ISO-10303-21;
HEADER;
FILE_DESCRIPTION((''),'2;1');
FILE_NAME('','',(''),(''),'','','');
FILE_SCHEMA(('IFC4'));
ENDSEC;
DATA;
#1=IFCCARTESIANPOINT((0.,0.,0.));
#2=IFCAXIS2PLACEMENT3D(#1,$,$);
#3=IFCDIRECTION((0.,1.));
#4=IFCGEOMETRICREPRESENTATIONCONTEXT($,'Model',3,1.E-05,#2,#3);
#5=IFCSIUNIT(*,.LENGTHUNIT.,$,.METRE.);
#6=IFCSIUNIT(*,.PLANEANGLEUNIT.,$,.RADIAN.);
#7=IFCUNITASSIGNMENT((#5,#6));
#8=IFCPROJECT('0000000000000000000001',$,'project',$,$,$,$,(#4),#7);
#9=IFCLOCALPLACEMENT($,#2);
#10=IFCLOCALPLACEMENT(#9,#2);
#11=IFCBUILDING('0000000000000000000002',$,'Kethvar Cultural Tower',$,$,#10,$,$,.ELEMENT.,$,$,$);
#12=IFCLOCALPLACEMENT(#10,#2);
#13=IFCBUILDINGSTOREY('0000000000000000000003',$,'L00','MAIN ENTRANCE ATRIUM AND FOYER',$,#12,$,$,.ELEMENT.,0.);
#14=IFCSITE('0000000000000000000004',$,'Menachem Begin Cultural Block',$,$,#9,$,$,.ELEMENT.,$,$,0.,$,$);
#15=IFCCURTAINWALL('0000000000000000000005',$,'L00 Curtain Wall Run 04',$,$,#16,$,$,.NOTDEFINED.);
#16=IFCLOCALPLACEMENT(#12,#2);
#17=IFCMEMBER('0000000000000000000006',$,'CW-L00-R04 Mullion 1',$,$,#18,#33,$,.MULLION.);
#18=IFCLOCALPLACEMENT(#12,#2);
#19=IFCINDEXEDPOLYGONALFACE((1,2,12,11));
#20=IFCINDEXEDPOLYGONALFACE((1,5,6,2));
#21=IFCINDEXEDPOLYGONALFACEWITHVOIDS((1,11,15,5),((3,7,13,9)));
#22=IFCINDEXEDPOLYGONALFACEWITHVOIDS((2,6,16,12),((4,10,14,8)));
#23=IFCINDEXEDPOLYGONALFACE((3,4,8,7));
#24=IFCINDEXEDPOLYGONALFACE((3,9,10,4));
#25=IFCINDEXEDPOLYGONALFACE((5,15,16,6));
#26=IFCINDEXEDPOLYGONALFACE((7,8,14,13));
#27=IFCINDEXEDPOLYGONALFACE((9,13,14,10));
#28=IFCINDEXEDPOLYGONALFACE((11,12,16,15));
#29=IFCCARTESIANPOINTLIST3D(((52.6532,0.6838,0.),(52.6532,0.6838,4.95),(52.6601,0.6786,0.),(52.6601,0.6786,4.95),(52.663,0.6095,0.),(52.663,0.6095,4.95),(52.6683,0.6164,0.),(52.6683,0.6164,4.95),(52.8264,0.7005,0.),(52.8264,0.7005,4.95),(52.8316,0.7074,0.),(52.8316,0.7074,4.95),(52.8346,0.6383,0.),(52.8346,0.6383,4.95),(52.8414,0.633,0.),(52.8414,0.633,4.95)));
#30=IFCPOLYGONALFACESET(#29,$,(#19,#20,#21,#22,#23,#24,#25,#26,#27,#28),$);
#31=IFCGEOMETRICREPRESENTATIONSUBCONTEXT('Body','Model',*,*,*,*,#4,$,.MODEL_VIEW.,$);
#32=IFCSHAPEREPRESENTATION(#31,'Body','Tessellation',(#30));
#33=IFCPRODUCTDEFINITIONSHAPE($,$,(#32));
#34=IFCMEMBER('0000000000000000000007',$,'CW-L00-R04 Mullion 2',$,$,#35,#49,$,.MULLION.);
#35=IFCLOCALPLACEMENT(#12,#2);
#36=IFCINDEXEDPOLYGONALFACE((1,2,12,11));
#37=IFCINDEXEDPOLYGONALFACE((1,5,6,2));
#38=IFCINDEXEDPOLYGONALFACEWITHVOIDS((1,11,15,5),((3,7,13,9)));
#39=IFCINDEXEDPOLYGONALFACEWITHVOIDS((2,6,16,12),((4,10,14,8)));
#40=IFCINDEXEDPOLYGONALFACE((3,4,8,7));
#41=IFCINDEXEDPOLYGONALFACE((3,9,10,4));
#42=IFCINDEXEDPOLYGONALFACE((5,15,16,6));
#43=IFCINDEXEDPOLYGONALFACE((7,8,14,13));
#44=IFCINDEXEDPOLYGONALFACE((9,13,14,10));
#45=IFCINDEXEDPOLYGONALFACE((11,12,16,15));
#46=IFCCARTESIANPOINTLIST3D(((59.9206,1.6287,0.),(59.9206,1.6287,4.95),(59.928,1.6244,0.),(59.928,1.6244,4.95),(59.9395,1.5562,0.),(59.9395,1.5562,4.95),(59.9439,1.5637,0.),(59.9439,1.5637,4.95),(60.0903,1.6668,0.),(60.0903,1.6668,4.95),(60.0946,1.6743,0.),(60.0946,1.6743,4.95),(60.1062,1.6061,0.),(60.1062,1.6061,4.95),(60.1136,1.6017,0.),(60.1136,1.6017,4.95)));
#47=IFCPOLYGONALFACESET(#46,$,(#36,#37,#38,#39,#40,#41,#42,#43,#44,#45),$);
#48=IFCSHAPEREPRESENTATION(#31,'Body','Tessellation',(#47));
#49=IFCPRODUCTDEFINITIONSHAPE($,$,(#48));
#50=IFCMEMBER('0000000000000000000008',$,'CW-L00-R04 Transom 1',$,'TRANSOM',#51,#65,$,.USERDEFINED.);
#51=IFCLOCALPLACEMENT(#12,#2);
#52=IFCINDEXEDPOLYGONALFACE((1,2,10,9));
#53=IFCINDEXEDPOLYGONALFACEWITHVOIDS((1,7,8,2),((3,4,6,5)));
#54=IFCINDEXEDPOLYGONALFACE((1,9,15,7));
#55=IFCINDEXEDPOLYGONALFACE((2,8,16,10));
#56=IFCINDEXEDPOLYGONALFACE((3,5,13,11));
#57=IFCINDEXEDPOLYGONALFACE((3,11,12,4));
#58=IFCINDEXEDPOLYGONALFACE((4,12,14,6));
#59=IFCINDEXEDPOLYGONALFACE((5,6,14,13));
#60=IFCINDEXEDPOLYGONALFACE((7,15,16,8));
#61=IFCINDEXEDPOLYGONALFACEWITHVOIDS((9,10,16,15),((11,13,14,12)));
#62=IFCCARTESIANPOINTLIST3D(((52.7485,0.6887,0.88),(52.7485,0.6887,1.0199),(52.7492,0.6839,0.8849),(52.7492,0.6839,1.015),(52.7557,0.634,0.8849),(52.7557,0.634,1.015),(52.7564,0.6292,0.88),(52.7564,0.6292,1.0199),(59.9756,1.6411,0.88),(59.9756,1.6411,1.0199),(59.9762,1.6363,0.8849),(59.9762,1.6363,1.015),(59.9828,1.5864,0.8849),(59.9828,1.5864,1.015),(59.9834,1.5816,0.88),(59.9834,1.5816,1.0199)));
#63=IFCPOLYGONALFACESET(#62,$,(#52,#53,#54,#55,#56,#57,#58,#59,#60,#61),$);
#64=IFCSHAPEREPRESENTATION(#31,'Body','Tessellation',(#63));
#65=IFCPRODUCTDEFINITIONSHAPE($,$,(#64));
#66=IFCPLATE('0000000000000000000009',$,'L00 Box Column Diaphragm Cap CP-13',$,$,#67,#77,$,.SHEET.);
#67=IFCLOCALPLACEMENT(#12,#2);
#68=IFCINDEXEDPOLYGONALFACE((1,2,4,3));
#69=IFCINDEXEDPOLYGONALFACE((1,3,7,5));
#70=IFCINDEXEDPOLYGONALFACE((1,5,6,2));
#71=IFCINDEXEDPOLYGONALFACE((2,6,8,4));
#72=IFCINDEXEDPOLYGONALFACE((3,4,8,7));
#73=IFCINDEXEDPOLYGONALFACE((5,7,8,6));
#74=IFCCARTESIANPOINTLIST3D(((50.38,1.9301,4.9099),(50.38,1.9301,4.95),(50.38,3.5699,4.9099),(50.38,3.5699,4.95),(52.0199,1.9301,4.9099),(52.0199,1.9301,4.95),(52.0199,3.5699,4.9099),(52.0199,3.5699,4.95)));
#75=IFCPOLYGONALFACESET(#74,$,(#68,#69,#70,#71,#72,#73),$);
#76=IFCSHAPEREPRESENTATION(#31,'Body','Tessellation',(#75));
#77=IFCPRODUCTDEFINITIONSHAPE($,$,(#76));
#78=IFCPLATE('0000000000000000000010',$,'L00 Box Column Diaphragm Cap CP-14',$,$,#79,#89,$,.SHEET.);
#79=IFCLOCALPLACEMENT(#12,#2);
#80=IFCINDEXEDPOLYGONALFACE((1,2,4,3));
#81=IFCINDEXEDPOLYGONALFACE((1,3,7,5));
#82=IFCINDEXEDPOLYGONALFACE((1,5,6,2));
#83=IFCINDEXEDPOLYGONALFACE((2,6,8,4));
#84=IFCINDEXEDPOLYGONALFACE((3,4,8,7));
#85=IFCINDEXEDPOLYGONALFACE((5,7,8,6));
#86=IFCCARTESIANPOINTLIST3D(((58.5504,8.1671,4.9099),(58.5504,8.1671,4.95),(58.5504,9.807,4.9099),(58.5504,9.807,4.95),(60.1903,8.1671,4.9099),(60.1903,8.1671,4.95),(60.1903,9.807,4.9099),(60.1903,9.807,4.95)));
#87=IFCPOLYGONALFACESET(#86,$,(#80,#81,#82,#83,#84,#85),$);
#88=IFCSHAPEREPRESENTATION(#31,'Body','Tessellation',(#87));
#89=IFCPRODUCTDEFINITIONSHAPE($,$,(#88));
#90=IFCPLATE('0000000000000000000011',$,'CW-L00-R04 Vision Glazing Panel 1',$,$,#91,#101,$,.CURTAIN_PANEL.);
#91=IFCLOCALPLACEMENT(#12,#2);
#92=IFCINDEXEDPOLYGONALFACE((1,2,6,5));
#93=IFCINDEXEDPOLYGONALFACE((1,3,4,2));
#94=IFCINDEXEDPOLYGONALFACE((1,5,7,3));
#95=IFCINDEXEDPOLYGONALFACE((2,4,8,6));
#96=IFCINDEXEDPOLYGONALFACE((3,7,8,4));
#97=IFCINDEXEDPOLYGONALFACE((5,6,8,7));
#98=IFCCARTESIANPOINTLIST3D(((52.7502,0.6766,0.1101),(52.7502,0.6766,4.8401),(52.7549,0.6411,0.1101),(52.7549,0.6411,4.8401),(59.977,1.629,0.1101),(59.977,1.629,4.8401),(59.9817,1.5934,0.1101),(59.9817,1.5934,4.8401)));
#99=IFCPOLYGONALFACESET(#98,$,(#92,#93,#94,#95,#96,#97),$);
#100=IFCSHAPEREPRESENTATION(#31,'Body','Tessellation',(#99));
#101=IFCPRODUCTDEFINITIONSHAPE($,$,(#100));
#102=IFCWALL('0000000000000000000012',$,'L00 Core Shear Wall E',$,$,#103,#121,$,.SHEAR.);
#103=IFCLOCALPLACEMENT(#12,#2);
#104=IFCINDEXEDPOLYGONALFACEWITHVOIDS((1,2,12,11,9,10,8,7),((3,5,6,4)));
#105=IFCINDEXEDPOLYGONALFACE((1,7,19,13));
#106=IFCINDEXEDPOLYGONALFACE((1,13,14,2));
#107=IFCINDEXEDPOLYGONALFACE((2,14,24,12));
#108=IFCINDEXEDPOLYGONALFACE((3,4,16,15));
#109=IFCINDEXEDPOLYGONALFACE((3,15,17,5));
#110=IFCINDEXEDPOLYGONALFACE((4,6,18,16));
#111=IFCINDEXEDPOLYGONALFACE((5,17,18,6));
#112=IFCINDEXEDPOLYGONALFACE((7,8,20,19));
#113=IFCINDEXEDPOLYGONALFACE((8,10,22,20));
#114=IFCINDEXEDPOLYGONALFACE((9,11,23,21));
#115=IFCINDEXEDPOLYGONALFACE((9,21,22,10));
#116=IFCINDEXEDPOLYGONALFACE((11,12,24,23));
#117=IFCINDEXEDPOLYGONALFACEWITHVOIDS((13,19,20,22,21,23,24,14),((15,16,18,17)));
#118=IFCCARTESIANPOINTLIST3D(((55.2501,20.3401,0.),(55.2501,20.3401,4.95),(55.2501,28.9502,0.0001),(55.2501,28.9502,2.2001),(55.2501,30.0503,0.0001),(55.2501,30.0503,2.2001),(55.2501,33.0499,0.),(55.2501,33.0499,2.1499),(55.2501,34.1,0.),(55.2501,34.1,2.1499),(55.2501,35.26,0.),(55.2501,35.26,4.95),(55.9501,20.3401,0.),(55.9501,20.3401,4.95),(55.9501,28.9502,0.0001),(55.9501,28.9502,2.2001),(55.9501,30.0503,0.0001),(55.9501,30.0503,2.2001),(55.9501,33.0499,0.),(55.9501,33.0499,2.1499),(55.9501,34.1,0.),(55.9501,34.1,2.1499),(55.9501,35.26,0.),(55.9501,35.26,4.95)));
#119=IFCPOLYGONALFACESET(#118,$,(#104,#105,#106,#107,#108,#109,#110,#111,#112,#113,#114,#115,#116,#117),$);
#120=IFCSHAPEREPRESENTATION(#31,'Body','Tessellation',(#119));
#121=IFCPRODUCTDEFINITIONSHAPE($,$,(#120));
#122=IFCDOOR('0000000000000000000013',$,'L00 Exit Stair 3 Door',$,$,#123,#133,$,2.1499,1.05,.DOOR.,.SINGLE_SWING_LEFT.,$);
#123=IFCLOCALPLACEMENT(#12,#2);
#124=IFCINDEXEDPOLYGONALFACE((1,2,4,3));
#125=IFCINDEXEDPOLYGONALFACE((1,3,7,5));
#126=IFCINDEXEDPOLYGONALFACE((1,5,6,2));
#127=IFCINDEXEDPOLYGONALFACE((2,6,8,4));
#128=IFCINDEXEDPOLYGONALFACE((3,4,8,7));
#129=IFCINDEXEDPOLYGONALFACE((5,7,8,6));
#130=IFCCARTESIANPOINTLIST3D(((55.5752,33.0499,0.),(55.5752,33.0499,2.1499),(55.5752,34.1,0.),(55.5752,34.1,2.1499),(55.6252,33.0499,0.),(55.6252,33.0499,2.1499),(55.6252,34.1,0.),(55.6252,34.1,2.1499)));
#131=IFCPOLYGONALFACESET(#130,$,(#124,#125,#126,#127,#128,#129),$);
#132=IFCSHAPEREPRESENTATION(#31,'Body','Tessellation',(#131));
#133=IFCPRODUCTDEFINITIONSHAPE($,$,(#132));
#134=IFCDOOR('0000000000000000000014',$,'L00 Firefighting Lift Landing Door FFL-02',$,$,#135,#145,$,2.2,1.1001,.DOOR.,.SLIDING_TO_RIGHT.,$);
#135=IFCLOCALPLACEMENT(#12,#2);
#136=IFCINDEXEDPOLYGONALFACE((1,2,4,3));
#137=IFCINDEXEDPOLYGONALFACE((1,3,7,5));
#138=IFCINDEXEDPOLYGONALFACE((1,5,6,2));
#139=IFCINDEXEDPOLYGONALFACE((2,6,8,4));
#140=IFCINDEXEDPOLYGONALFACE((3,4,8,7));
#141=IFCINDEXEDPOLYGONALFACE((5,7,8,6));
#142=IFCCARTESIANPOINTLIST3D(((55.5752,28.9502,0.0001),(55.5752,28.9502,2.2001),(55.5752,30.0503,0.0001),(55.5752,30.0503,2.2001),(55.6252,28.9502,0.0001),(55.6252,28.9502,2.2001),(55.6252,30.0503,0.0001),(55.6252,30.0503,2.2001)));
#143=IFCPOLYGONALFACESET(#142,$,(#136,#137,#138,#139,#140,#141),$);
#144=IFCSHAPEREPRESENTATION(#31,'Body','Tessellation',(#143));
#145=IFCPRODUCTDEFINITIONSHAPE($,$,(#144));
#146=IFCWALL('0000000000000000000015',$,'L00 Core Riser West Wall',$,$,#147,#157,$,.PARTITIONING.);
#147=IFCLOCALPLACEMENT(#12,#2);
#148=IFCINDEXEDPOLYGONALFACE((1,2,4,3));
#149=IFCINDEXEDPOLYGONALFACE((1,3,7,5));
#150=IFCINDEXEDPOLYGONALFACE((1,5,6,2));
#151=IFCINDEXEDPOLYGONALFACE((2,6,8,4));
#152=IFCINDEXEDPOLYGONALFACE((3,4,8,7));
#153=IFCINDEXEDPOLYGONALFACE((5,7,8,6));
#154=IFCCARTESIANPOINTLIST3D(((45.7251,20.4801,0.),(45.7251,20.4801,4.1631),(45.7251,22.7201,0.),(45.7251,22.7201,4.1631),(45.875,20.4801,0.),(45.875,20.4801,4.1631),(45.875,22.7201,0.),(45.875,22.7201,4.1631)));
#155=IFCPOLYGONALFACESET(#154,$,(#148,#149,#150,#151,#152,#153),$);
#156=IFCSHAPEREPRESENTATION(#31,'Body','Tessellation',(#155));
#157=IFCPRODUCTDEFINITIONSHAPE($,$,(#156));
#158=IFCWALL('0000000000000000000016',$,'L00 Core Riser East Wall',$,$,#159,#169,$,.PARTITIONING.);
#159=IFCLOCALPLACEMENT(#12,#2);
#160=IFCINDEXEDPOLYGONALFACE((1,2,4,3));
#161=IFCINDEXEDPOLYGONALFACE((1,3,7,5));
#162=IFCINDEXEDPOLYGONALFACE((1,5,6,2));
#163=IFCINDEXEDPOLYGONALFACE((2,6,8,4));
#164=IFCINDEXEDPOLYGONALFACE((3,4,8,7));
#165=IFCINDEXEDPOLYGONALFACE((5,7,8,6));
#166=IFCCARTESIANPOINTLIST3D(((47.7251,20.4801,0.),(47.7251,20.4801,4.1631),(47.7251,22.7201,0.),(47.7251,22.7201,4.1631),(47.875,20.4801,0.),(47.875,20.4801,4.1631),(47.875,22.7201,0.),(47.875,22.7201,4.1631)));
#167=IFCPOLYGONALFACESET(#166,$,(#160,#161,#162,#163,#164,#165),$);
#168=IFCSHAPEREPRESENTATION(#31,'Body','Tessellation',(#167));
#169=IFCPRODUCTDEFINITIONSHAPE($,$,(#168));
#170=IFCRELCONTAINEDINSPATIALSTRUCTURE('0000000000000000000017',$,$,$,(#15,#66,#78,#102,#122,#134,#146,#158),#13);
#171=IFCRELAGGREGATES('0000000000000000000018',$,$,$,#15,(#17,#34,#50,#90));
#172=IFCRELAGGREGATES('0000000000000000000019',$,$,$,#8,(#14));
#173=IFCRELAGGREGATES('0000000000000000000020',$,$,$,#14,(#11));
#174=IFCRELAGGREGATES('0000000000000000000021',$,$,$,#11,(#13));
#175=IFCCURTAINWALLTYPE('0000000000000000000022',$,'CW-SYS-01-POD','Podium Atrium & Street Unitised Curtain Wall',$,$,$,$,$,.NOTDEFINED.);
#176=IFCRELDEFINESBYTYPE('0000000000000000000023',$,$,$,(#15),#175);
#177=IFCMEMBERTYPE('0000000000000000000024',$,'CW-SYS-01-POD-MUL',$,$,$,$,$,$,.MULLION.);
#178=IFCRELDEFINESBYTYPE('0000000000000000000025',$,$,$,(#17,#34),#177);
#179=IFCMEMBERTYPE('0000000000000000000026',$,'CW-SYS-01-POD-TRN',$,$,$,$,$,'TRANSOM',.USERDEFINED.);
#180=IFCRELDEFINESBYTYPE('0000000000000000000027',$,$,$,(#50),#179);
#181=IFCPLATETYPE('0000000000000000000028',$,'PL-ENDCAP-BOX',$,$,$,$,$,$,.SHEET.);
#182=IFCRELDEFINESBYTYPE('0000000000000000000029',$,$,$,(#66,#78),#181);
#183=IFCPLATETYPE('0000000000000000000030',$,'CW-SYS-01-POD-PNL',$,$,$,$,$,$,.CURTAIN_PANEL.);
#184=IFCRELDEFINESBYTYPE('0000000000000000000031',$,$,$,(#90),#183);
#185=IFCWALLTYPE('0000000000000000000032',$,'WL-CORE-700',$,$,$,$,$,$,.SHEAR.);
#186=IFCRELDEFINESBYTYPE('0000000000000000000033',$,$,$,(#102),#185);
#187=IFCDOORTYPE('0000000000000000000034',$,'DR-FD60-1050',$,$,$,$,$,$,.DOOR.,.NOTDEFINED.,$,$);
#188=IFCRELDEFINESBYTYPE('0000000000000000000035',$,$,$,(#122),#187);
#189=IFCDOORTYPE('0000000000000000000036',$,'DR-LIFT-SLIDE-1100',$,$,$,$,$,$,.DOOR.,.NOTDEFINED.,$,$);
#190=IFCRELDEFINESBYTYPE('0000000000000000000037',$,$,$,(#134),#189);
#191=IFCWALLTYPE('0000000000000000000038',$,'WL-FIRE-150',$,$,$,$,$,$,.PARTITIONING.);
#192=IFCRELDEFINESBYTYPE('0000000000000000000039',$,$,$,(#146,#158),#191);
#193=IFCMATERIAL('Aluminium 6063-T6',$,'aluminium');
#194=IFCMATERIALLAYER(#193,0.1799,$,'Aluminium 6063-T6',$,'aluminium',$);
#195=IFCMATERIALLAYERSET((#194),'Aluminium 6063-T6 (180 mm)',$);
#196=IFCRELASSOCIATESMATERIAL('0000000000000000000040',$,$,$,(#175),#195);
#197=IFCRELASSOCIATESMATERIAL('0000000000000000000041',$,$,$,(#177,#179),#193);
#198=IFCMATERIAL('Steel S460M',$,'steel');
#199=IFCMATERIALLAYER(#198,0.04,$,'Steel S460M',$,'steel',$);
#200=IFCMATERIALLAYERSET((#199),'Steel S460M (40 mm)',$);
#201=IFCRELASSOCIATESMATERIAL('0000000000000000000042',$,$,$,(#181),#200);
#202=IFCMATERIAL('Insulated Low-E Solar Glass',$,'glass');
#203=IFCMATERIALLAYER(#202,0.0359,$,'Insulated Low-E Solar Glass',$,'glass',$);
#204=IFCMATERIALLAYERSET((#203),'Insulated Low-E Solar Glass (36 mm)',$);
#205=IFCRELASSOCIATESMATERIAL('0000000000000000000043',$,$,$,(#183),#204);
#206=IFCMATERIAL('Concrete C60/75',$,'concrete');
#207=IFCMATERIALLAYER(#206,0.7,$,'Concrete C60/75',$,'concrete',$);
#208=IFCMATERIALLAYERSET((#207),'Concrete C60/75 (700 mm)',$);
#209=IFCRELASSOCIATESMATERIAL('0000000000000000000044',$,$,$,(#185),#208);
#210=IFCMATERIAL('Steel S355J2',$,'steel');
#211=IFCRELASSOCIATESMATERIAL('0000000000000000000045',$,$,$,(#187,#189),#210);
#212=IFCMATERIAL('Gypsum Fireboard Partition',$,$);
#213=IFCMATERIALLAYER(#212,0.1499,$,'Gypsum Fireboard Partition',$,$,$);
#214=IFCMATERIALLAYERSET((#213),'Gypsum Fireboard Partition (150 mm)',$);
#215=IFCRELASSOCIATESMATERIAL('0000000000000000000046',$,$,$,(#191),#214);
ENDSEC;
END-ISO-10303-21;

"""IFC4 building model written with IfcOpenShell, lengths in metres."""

from ifc_helpers import new_model, si_unit, direction, frame, frame_2d, origin, origin_2d, place, context, subcontext, project, spatial, rectangle, hollow_rectangle, extrude, source, transform, mapped, material, layer, layer_set, material_profile, profile_set, type_object, element, fill, aggregate, save


model = new_model("IFC4")

# Units and contexts
model_context = context("Model", 3, precision=1e-05, world=origin(), true_north=direction((0.0, 1.0)))
body_context = subcontext(model_context, "Body", "Model", "MODEL_VIEW")
ifc_project = project(units=[si_unit("LENGTHUNIT", "METRE"), si_unit("PLANEANGLEUNIT", "RADIAN")], contexts=[model_context])

# Site, building, storey
site_placement = place(None, origin())
site = spatial("IfcSite", under=ifc_project, at=site_placement, Name="Menachem Begin Cultural Block", CompositionType="ELEMENT", RefElevation=0.0)
building_placement = place(site_placement, origin())
building = spatial("IfcBuilding", under=site, at=building_placement, Name="Kethvar Cultural Tower", CompositionType="ELEMENT")
storey_placement = place(building_placement, origin())
storey = spatial("IfcBuildingStorey", under=building, at=storey_placement, Name="L00", Description="MAIN ENTRANCE ATRIUM AND FOYER", CompositionType="ELEMENT", Elevation=0.0)

# Shared definitions
ifc_material_1 = material(Name="Steel S460M", Category="steel")

# Shared definitions
ifc_material_2 = material(Name="Steel S355J2", Category="steel")

# Curtain wall, members
ifc_material_3 = material(Name="Aluminium 6063-T6", Category="aluminium")
ifc_layer_1 = layer(ifc_material_3, 0.1799, Name="Aluminium 6063-T6", Category="aluminium")
ifc_layer_set_1 = layer_set([ifc_layer_1], Name="Aluminium 6063-T6 (180 mm)")
curtain_wall_type = type_object("IfcCurtainWallType", Name="CW-SYS-01-POD", Description="Podium Atrium & Street Unitised Curtain Wall", PredefinedType="NOTDEFINED", material=ifc_layer_set_1)
curtain_wall_placement = place(storey_placement, origin())
curtain_wall = element("IfcCurtainWall", 1, at=curtain_wall_placement, inside=storey, type_object=curtain_wall_type, Name="L00 Curtain Wall Run 04", PredefinedType="NOTDEFINED")
ifc_material_profile_1 = material_profile(ifc_material_3, hollow_rectangle(XDim=0.075, YDim=0.1799, WallThickness=0.0061, at=origin_2d()), Name="Aluminium 6063-T6 — RHS180x75x6")
ifc_profile_set_1 = profile_set([ifc_material_profile_1], Name="Aluminium 6063-T6 — RHS180x75x6")
member_type_1 = type_object("IfcMemberType", Name="CW-SYS-01-POD-MUL", PredefinedType="MULLION", material=ifc_profile_set_1)
shared_shape_1 = source(origin(), body_context, "Body", "SweptSolid", [
    extrude(hollow_rectangle(XDim=0.075, YDim=0.1799, WallThickness=0.0061, at=origin_2d()), origin(), (0.0, 0.0, 1.0), 4.95),
])
member_1_placement = place(storey_placement, frame((52.7473, 0.6584, 0.0), z_axis=(0.0, 0.0, 1.0), x_axis=(-0.130647, 0.991429, 0.0)))
member_1 = element("IfcMember", 2, at=member_1_placement, type_object=member_type_1, Name="CW-L00-R04 Mullion 1", PredefinedType="MULLION", context=body_context, shape_type="MappedRepresentation", body=[
    mapped(shared_shape_1, transform((0.0, 0.0, 0.0), scale=1.0)),
])
member_2_placement = place(storey_placement, frame((60.0171, 1.6152, 0.0), z_axis=(0.0, 0.0, 1.0), x_axis=(-0.253032, 0.967458, 0.0)))
member_2 = element("IfcMember", 3, at=member_2_placement, type_object=member_type_1, Name="CW-L00-R04 Mullion 2", PredefinedType="MULLION", context=body_context, shape_type="MappedRepresentation", body=[
    mapped(shared_shape_1, transform((0.0, 0.0, 0.0), scale=1.0)),
])
ifc_material_profile_2 = material_profile(ifc_material_3, hollow_rectangle(XDim=0.0601, YDim=0.1399, WallThickness=0.0049, at=origin_2d()), Name="Aluminium 6063-T6 — RHS140x60x5")
ifc_profile_set_2 = profile_set([ifc_material_profile_2], Name="Aluminium 6063-T6 — RHS140x60x5")
member_type_2 = type_object("IfcMemberType", Name="CW-SYS-01-POD-TRN", ElementType="TRANSOM", PredefinedType="USERDEFINED", material=ifc_profile_set_2)
shared_shape_2 = source(origin(), body_context, "Body", "SweptSolid", [
    extrude(hollow_rectangle(XDim=0.0601, YDim=0.1399, WallThickness=0.0049, at=origin_2d()), origin(), (0.0, 0.0, 1.0), 7.2896),
])
member_3_placement = place(storey_placement, frame((52.7524, 0.6589, 0.95), z_axis=(0.991428, 0.130652, 0.0), x_axis=(-0.130652, 0.991428, 0.0)))
member_3 = element("IfcMember", 4, at=member_3_placement, type_object=member_type_2, Name="CW-L00-R04 Transom 1", ObjectType="TRANSOM", PredefinedType="USERDEFINED", context=body_context, shape_type="MappedRepresentation", body=[
    mapped(shared_shape_2, transform((0.0, 0.0, 0.0), scale=1.0)),
])

# Plates
ifc_layer_2 = layer(ifc_material_1, 0.04, Name="Steel S460M", Category="steel")
ifc_layer_set_2 = layer_set([ifc_layer_2], Name="Steel S460M (40 mm)")
plate_type_1 = type_object("IfcPlateType", Name="PL-ENDCAP-BOX", PredefinedType="SHEET", material=ifc_layer_set_2)
shared_shape_3 = source(origin(), body_context, "Body", "SweptSolid", [
    extrude(rectangle(XDim=1.6399, YDim=1.6399, at=origin_2d()), origin(), (0.0, 0.0, 1.0), 0.04),
])
for number, where, z_axis, x_axis, name in (
    (5, (51.2, 2.75, 4.9099), (0.0, 0.0, 1.0), (1.0, 0.0, 0.0), "L00 Box Column Diaphragm Cap CP-13"),
    (6, (59.3704, 8.9871, 4.9099), (0.0, 0.0, 1.0), (1.0, 0.0, 0.0), "L00 Box Column Diaphragm Cap CP-14"),
):
    element("IfcPlate", number, at=place(storey_placement, frame(where, z_axis=z_axis, x_axis=x_axis)), inside=storey, type_object=plate_type_1, Name=name, PredefinedType="SHEET", context=body_context, shape_type="MappedRepresentation", body=[
        mapped(shared_shape_3, transform((0.0, 0.0, 0.0), scale=1.0)),
    ])

# Plate
ifc_material_4 = material(Name="Insulated Low-E Solar Glass", Category="glass")
ifc_layer_3 = layer(ifc_material_4, 0.0359, Name="Insulated Low-E Solar Glass", Category="glass")
ifc_layer_set_3 = layer_set([ifc_layer_3], Name="Insulated Low-E Solar Glass (36 mm)")
plate_type_2 = type_object("IfcPlateType", Name="CW-SYS-01-POD-PNL", PredefinedType="CURTAIN_PANEL", material=ifc_layer_set_3)
shared_shape_4 = source(origin(), body_context, "Body", "SweptSolid", [
    extrude(rectangle(XDim=7.2893, YDim=0.0359, at=origin_2d()), origin(), (0.0, 0.0, 1.0), 4.73),
])
plate_placement = place(storey_placement, frame((56.366, 1.135, 0.1101), z_axis=(0.0, 0.0, 1.0), x_axis=(0.991429, 0.130647, 0.0)))
plate = element("IfcPlate", 7, at=plate_placement, type_object=plate_type_2, Name="CW-L00-R04 Vision Glazing Panel 1", PredefinedType="CURTAIN_PANEL", context=body_context, shape_type="MappedRepresentation", body=[
    mapped(shared_shape_4, transform((0.0, 0.0, 0.0), scale=1.0)),
])
aggregate(curtain_wall, [member_1, member_2, member_3, plate])

# Wall, openings, doors
ifc_material_5 = material(Name="Concrete C60/75", Category="concrete")
ifc_layer_4 = layer(ifc_material_5, 0.7, Name="Concrete C60/75", Category="concrete")
ifc_layer_set_4 = layer_set([ifc_layer_4], Name="Concrete C60/75 (700 mm)")
wall_type_1 = type_object("IfcWallType", Name="WL-CORE-700", PredefinedType="SHEAR", material=ifc_layer_set_4)
wall_1_placement = place(storey_placement, frame((55.6001, 20.3401, 0.0), z_axis=(0.0, 0.0, 1.0), x_axis=(0.0, 1.0, 0.0)))
wall_1 = element("IfcWall", 8, at=wall_1_placement, inside=storey, type_object=wall_type_1, Name="L00 Core Shear Wall E", PredefinedType="SHEAR", context=body_context, shape_type="SweptSolid", body=[
    extrude(rectangle(XDim=14.9199, YDim=0.7, at=frame_2d((7.46, 0.0))), origin(), (0.0, 0.0, 1.0), 4.95),
])
opening_1_placement = place(wall_1_placement, frame((12.71, 0.0, 0.0)))
opening_1 = element("IfcOpeningElement", 9, at=opening_1_placement, cuts=wall_1, PredefinedType="OPENING", context=body_context, shape_type="SweptSolid", body=[
    extrude(rectangle(XDim=1.05, YDim=2.1499, at=frame_2d((0.5249, 1.075))), frame((0.0, 0.3599, 0.0), z_axis=(0.0, -1.0, 0.0), x_axis=(1.0, 0.0, 0.0)), (0.0, 0.0, 1.0), 0.72),
])
opening_2_placement = place(wall_1_placement, frame((8.6101, 0.0, 0.0)))
opening_2 = element("IfcOpeningElement", 10, at=opening_2_placement, cuts=wall_1, PredefinedType="OPENING", context=body_context, shape_type="SweptSolid", body=[
    extrude(rectangle(XDim=1.1001, YDim=2.2, at=frame_2d((0.55, 1.1001))), frame((0.0, 0.3599, 0.0), z_axis=(0.0, -1.0, 0.0), x_axis=(1.0, 0.0, 0.0)), (0.0, 0.0, 1.0), 0.72),
])
door_type_1 = type_object("IfcDoorType", Name="DR-FD60-1050", OperationType="NOTDEFINED", PredefinedType="DOOR", material=ifc_material_2)
shared_shape_5 = source(origin(), body_context, "Body", "SweptSolid", [
    extrude(rectangle(XDim=1.05, YDim=2.1499, at=frame_2d((0.5249, 1.075))), frame((0.0, 0.0249, 0.0), z_axis=(0.0, -1.0, 0.0), x_axis=(1.0, 0.0, 0.0)), (0.0, 0.0, 1.0), 0.05),
])
door_1_placement = place(opening_1_placement, origin())
door_1 = element("IfcDoor", 11, at=door_1_placement, inside=storey, type_object=door_type_1, Name="L00 Exit Stair 3 Door", OperationType="SINGLE_SWING_LEFT", OverallHeight=2.1499, OverallWidth=1.05, PredefinedType="DOOR", context=body_context, shape_type="MappedRepresentation", body=[
    mapped(shared_shape_5, transform((0.0, 0.0, 0.0), scale=1.0)),
])
fill(opening_1, door_1)
door_type_2 = type_object("IfcDoorType", Name="DR-LIFT-SLIDE-1100", OperationType="NOTDEFINED", PredefinedType="DOOR", material=ifc_material_2)
shared_shape_6 = source(origin(), body_context, "Body", "SweptSolid", [
    extrude(rectangle(XDim=1.1001, YDim=2.2, at=frame_2d((0.55, 1.1001))), frame((0.0, 0.0249, 0.0), z_axis=(0.0, -1.0, 0.0), x_axis=(1.0, 0.0, 0.0)), (0.0, 0.0, 1.0), 0.05),
])
door_2_placement = place(opening_2_placement, origin())
door_2 = element("IfcDoor", 12, at=door_2_placement, inside=storey, type_object=door_type_2, Name="L00 Firefighting Lift Landing Door FFL-02", OperationType="SLIDING_TO_RIGHT", OverallHeight=2.2, OverallWidth=1.1001, PredefinedType="DOOR", context=body_context, shape_type="MappedRepresentation", body=[
    mapped(shared_shape_6, transform((0.0, 0.0, 0.0), scale=1.0)),
])
fill(opening_2, door_2)

# Walls
ifc_material_6 = material(Name="Gypsum Fireboard Partition")
ifc_layer_5 = layer(ifc_material_6, 0.1499, Name="Gypsum Fireboard Partition")
ifc_layer_set_5 = layer_set([ifc_layer_5], Name="Gypsum Fireboard Partition (150 mm)")
wall_type_2 = type_object("IfcWallType", Name="WL-FIRE-150", PredefinedType="PARTITIONING", material=ifc_layer_set_5)
for number, where, z_axis, x_axis, name in (
    (13, (45.8, 20.48, 0.0), (0.0, 0.0, 1.0), (0.0, 1.0, 0.0), "L00 Core Riser West Wall"),
    (14, (47.8, 20.48, 0.0), (0.0, 0.0, 1.0), (0.0, 1.0, 0.0), "L00 Core Riser East Wall"),
):
    element("IfcWall", number, at=place(storey_placement, frame(where, z_axis=z_axis, x_axis=x_axis)), inside=storey, type_object=wall_type_2, Name=name, PredefinedType="PARTITIONING", context=body_context, shape_type="SweptSolid", body=[
        extrude(rectangle(XDim=2.24, YDim=0.1499, at=frame_2d((1.1201, 0.0))), origin(), (0.0, 0.0, 1.0), 4.1631),
    ])

save(model, "model.ifc")
